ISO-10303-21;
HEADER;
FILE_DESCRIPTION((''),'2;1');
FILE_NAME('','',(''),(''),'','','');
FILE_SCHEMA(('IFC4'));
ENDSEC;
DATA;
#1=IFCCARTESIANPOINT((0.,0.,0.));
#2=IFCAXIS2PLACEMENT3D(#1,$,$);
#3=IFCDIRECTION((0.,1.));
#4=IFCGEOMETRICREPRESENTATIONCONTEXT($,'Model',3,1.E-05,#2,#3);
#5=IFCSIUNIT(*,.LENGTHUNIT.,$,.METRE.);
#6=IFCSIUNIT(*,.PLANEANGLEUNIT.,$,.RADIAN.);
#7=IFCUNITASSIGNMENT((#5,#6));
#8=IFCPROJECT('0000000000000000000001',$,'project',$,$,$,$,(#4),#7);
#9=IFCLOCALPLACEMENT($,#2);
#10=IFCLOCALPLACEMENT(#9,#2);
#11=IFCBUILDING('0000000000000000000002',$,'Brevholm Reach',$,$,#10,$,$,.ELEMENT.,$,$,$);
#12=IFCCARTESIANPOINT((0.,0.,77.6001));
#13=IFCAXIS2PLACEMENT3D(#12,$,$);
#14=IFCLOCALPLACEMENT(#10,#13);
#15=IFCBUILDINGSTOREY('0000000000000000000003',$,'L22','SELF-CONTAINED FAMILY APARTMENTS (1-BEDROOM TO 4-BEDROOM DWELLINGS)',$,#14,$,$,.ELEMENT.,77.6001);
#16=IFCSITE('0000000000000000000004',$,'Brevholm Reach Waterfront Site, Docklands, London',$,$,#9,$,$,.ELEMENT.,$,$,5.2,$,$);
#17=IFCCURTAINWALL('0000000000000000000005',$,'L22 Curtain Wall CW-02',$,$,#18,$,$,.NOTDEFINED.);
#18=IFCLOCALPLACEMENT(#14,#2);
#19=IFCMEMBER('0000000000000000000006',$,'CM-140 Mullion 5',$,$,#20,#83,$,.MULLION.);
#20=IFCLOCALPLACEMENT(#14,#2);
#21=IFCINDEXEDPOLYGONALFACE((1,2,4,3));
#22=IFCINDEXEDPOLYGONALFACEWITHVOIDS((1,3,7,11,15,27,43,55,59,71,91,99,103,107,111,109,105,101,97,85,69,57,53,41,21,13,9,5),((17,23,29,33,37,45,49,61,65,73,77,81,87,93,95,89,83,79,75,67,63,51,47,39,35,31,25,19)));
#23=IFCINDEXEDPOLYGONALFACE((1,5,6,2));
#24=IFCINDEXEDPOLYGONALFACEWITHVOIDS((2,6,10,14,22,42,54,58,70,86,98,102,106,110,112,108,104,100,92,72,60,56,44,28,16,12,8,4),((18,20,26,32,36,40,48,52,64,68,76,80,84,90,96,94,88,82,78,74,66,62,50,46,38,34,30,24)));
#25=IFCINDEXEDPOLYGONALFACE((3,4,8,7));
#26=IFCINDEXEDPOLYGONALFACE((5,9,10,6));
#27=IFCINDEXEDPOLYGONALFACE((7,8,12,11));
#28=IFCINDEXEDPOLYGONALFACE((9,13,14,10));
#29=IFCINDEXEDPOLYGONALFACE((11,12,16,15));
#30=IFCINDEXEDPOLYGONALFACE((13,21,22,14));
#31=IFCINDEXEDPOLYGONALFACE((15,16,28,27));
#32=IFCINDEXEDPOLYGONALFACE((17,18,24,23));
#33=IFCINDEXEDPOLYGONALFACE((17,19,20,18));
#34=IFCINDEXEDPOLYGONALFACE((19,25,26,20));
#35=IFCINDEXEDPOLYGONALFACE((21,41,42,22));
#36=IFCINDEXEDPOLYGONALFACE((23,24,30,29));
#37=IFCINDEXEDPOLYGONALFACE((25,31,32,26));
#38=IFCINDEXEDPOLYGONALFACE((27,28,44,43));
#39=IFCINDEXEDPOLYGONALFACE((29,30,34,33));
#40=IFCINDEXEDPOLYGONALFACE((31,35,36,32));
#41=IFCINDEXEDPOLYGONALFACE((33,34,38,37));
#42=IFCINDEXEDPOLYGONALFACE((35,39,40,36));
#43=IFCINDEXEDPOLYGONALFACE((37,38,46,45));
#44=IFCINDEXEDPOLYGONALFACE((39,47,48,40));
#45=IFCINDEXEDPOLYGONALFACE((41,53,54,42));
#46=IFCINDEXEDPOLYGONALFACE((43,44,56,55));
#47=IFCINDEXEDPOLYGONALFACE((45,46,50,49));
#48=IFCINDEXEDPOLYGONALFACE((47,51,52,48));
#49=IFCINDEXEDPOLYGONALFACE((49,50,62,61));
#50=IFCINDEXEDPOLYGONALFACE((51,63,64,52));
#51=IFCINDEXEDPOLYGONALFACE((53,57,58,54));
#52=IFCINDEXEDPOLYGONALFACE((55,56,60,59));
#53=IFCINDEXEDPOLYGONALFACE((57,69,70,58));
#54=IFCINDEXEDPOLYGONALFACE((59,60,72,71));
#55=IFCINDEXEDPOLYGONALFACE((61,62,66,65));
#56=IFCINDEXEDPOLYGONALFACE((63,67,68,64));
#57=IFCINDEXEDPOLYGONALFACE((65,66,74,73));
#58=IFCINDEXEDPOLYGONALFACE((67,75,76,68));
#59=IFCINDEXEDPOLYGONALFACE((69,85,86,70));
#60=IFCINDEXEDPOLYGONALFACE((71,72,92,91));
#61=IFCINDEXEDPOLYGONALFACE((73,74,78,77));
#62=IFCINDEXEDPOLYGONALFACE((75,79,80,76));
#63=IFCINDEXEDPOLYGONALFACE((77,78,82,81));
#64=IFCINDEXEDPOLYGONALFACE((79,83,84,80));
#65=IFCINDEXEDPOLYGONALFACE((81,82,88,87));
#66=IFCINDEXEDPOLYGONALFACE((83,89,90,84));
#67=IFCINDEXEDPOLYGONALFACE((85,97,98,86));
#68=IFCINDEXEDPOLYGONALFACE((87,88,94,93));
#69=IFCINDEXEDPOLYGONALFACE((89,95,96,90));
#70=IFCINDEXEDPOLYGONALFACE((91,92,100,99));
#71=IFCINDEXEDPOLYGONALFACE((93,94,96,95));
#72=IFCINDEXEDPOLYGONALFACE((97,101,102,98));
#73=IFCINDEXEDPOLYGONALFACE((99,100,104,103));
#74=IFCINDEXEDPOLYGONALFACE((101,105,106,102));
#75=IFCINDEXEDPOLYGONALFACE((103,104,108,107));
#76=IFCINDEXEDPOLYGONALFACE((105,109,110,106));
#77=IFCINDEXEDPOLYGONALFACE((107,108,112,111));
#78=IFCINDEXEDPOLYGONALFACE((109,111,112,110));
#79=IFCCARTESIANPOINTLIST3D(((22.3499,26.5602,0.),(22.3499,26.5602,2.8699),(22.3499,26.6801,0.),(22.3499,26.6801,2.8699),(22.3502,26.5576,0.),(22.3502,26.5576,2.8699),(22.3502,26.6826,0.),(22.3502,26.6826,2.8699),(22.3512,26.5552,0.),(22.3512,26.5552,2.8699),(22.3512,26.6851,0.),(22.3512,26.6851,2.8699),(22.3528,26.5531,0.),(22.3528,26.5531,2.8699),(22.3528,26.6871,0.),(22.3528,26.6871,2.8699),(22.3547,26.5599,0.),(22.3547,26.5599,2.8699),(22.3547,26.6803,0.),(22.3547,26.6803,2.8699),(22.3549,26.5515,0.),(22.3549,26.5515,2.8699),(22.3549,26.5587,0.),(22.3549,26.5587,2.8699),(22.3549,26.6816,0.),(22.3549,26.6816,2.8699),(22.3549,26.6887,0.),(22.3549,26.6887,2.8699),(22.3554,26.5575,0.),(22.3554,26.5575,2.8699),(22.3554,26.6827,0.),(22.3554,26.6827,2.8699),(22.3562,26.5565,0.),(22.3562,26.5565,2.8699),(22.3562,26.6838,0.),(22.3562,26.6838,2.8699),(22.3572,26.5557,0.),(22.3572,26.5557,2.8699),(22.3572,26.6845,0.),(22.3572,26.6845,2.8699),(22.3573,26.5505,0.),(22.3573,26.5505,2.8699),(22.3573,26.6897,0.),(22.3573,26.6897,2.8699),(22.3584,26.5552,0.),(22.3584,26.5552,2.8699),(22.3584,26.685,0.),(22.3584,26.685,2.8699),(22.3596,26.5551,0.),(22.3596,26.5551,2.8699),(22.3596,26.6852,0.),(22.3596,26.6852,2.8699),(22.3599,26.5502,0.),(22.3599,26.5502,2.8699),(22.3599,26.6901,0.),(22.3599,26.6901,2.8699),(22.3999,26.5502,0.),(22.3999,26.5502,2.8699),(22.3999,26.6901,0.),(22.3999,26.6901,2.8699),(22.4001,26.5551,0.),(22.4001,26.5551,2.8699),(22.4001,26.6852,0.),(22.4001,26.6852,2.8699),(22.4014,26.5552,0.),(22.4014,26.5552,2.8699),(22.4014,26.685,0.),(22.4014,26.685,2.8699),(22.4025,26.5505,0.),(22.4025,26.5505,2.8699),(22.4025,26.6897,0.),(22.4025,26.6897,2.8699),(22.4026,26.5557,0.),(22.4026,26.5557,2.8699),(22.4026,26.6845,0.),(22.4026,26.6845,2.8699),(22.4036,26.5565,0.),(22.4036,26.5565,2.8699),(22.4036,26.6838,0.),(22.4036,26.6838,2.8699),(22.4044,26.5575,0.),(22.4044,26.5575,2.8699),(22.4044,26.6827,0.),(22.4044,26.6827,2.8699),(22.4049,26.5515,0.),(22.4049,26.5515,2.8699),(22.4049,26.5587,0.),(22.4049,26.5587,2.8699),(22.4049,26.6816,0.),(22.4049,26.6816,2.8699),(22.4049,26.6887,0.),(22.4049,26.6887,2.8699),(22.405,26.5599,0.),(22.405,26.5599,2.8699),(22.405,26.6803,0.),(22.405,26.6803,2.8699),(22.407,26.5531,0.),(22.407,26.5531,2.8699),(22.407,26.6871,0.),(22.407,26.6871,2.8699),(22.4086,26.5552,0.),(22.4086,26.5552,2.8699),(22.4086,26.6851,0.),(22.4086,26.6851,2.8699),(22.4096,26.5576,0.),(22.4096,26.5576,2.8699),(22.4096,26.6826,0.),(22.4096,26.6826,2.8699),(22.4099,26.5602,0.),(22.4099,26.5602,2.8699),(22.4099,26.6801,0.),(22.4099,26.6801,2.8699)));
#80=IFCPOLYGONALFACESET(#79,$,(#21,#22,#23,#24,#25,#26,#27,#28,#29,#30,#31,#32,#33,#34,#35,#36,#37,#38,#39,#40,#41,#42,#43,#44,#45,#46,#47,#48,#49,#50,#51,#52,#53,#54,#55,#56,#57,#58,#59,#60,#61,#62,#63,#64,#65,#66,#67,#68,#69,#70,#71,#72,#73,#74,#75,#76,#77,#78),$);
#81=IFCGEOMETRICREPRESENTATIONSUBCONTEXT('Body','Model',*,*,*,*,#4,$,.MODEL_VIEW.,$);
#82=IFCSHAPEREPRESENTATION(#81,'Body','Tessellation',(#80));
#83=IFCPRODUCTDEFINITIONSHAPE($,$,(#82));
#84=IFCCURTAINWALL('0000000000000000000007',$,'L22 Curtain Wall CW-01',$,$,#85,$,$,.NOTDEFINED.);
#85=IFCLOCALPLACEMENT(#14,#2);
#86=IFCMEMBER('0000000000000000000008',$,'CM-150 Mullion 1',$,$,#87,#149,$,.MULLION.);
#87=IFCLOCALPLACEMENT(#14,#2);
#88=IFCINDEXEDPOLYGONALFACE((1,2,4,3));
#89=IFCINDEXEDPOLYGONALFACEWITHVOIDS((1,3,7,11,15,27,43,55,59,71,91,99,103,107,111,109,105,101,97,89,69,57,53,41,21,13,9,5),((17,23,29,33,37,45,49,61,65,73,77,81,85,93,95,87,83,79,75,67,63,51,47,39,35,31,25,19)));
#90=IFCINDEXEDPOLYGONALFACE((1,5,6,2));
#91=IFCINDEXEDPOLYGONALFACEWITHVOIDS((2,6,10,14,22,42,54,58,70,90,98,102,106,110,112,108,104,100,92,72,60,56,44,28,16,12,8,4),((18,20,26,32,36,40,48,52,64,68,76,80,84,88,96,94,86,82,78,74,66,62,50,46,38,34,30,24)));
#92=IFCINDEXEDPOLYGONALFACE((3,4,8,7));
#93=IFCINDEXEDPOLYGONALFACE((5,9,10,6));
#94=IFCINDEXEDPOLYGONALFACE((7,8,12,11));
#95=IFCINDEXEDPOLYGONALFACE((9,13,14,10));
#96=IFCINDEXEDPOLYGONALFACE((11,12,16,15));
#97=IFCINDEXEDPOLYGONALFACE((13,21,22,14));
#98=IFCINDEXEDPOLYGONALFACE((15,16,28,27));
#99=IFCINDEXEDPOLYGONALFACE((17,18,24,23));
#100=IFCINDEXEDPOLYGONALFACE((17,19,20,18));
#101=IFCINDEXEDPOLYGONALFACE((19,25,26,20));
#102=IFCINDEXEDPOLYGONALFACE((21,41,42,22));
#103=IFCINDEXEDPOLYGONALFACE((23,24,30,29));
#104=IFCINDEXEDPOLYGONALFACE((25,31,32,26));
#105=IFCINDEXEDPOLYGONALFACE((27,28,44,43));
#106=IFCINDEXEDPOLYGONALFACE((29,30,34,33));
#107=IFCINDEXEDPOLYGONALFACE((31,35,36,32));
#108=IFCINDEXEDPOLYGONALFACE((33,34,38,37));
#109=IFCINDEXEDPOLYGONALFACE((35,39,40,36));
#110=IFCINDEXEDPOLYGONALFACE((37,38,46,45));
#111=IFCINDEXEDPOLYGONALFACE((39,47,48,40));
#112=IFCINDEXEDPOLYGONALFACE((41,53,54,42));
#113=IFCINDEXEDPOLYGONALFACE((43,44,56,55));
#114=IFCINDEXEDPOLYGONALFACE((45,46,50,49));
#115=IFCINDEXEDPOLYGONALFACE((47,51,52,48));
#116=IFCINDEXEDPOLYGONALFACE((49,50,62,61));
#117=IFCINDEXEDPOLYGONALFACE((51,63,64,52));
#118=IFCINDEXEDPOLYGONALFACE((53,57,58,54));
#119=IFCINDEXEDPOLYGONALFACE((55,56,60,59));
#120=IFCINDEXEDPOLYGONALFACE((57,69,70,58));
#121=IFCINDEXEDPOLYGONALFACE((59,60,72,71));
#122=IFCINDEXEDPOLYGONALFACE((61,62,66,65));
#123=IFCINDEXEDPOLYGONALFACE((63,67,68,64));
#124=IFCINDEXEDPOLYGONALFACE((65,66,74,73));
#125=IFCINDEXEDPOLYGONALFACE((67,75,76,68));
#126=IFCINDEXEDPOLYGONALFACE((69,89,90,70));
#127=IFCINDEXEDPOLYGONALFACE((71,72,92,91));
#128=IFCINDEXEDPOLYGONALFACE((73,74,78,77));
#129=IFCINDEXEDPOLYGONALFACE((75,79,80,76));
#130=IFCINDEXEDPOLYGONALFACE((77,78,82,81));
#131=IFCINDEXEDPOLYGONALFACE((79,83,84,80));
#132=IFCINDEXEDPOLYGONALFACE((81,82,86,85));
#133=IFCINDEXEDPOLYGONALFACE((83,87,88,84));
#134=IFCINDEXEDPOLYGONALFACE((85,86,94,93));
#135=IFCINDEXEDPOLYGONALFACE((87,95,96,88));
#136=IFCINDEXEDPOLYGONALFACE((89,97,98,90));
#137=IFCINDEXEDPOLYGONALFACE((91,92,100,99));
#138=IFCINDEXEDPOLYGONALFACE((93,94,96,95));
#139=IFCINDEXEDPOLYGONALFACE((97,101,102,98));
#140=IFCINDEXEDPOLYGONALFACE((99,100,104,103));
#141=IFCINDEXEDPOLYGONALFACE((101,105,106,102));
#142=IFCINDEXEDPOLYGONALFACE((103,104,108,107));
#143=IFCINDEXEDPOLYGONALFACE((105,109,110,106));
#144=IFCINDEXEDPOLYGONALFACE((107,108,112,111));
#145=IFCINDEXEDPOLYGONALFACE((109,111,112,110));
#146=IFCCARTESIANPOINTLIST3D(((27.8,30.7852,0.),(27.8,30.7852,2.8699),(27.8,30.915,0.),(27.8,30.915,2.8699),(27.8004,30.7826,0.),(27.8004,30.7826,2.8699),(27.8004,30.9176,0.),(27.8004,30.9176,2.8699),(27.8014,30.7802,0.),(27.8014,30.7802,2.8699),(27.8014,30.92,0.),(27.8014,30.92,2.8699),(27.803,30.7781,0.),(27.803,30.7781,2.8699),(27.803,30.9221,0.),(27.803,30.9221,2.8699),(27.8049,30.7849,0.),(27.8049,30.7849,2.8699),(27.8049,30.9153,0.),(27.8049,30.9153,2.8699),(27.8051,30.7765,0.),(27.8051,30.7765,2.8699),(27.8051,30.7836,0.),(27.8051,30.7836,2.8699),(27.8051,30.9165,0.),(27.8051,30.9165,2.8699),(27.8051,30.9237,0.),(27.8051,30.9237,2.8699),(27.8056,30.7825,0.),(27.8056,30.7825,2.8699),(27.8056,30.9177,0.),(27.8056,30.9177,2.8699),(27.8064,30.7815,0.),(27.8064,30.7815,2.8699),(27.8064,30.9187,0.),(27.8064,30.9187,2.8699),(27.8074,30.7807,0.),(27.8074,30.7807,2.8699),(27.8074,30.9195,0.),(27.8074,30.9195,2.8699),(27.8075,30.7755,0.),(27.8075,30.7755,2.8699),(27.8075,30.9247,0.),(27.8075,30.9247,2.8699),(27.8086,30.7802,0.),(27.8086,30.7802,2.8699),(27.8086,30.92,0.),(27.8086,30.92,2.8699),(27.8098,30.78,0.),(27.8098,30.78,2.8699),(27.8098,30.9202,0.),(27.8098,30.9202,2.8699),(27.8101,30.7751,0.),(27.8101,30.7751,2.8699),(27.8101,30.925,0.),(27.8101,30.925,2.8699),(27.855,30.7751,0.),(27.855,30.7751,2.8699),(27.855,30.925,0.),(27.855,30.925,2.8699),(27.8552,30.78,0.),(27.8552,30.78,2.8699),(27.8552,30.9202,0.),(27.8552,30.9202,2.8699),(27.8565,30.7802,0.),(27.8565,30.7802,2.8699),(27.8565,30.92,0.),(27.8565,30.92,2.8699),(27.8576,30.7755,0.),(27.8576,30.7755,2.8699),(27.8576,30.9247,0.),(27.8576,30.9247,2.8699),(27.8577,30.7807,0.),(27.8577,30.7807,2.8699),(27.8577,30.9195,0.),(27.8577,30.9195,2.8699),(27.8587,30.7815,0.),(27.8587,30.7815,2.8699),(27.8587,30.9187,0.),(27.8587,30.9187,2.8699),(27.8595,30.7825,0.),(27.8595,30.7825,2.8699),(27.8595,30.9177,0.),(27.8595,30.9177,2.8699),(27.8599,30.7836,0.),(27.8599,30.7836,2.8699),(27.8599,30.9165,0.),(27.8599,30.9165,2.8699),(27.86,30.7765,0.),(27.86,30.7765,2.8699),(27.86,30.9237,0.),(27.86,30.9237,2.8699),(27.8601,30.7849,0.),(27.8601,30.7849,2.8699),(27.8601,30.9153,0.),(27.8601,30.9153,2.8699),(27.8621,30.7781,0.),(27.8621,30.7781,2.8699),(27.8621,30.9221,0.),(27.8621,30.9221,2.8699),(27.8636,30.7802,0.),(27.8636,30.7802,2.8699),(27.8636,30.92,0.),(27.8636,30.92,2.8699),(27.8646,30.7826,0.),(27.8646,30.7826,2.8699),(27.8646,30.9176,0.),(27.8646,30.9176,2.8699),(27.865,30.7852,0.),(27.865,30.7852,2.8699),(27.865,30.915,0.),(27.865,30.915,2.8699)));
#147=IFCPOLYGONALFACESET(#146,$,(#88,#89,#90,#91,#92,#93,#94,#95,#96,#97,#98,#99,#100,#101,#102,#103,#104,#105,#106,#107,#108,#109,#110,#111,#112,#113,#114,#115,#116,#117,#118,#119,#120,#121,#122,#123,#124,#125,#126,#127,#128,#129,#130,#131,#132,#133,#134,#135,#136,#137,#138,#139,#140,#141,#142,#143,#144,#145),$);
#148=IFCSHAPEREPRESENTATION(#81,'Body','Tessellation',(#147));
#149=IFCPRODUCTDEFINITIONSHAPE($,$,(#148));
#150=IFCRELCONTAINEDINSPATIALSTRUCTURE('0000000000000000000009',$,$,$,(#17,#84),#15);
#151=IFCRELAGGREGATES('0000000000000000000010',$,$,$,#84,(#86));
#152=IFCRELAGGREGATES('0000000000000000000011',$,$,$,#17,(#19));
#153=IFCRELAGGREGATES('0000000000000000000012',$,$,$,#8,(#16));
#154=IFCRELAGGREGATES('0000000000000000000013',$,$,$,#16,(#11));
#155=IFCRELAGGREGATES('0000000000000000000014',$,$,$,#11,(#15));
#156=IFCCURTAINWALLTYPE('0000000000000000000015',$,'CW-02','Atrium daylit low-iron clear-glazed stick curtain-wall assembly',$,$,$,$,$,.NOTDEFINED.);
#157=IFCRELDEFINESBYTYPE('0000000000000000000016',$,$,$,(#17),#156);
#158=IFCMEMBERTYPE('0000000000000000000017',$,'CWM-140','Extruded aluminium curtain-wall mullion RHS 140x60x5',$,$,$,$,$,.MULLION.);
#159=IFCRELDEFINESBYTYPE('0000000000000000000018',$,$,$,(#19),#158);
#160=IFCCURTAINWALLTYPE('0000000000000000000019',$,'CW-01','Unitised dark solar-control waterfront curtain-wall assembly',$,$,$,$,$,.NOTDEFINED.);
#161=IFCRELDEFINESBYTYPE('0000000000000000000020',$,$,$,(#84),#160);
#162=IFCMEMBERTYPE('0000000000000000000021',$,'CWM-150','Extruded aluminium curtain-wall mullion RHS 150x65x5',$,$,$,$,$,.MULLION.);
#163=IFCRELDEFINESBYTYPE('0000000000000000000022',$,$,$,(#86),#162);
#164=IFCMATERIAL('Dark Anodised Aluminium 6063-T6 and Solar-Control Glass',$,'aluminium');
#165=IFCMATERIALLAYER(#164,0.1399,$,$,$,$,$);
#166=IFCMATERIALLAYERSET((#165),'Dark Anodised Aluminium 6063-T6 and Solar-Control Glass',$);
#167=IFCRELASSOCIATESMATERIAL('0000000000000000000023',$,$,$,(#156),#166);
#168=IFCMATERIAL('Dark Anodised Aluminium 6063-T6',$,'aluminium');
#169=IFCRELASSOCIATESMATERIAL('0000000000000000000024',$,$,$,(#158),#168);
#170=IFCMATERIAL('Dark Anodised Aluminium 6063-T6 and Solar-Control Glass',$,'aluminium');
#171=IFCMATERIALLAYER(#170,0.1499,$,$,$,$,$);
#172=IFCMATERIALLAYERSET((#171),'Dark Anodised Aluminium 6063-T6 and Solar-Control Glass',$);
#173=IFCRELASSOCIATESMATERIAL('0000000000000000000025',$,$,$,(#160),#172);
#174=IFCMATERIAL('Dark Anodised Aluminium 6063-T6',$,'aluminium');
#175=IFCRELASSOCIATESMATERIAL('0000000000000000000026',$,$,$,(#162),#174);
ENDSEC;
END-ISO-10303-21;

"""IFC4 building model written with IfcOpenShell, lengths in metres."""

from ifc_helpers import new_model, si_unit, direction, frame, origin, origin_2d, place, context, subcontext, project, spatial, hollow_rectangle, extrude, material, layer, layer_set, material_profile, profile_set, type_object, element, aggregate, save


model = new_model("IFC4")

# Units and contexts
model_context = context("Model", 3, precision=1e-05, world=origin(), true_north=direction((0.0, 1.0)))
body_context = subcontext(model_context, "Body", "Model", "MODEL_VIEW")
ifc_project = project(units=[si_unit("LENGTHUNIT", "METRE"), si_unit("PLANEANGLEUNIT", "RADIAN")], contexts=[model_context])

# Site, building, storey
site_placement = place(None, origin())
site = spatial("IfcSite", under=ifc_project, at=site_placement, Name="Brevholm Reach Waterfront Site, Docklands, London", CompositionType="ELEMENT", RefElevation=5.2)
building_placement = place(site_placement, origin())
building = spatial("IfcBuilding", under=site, at=building_placement, Name="Brevholm Reach", CompositionType="ELEMENT")
storey_placement = place(building_placement, frame((0.0, 0.0, 77.6001)))
storey = spatial("IfcBuildingStorey", under=building, at=storey_placement, Name="L22", Description="SELF-CONTAINED FAMILY APARTMENTS (1-BEDROOM TO 4-BEDROOM DWELLINGS)", CompositionType="ELEMENT", Elevation=77.6001)

# Curtain wall, member
ifc_material_1 = material(Name="Dark Anodised Aluminium 6063-T6 and Solar-Control Glass", Category="aluminium")
ifc_layer_1 = layer(ifc_material_1, 0.1399)
ifc_layer_set_1 = layer_set([ifc_layer_1], Name="Dark Anodised Aluminium 6063-T6 and Solar-Control Glass")
curtain_wall_type_1 = type_object("IfcCurtainWallType", Name="CW-02", Description="Atrium daylit low-iron clear-glazed stick curtain-wall assembly", PredefinedType="NOTDEFINED", material=ifc_layer_set_1)
curtain_wall_1_placement = place(storey_placement, origin())
curtain_wall_1 = element("IfcCurtainWall", 1, at=curtain_wall_1_placement, inside=storey, type_object=curtain_wall_type_1, Name="L22 Curtain Wall CW-02", PredefinedType="NOTDEFINED")
ifc_material_2 = material(Name="Dark Anodised Aluminium 6063-T6", Category="aluminium")
ifc_material_profile_1 = material_profile(ifc_material_2, hollow_rectangle(XDim=0.0601, YDim=0.1399, WallThickness=0.0049, InnerFilletRadius=0.0049, OuterFilletRadius=0.01, at=origin_2d()), Name="RHS 140x60x5")
ifc_profile_set_1 = profile_set([ifc_material_profile_1], Name="Dark Anodised Aluminium 6063-T6")
member_type_1 = type_object("IfcMemberType", Name="CWM-140", Description="Extruded aluminium curtain-wall mullion RHS 140x60x5", PredefinedType="MULLION", material=ifc_profile_set_1)
member_1_placement = place(storey_placement, frame((22.3799, 26.6201, 0.0), z_axis=(0.0, 0.0, 1.0), x_axis=(-1.0, 0.0, 0.0)))
member_1 = element("IfcMember", 2, at=member_1_placement, type_object=member_type_1, Name="CM-140 Mullion 5", PredefinedType="MULLION", context=body_context, shape_type="SweptSolid", body=[
    extrude(hollow_rectangle(XDim=0.0601, YDim=0.1399, WallThickness=0.0049, InnerFilletRadius=0.0049, OuterFilletRadius=0.01, at=origin_2d()), origin(), (0.0, 0.0, 1.0), 2.8699),
])

# Curtain wall, member
ifc_material_3 = material(Name="Dark Anodised Aluminium 6063-T6 and Solar-Control Glass", Category="aluminium")
ifc_layer_2 = layer(ifc_material_3, 0.1499)
ifc_layer_set_2 = layer_set([ifc_layer_2], Name="Dark Anodised Aluminium 6063-T6 and Solar-Control Glass")
curtain_wall_type_2 = type_object("IfcCurtainWallType", Name="CW-01", Description="Unitised dark solar-control waterfront curtain-wall assembly", PredefinedType="NOTDEFINED", material=ifc_layer_set_2)
curtain_wall_2_placement = place(storey_placement, origin())
curtain_wall_2 = element("IfcCurtainWall", 3, at=curtain_wall_2_placement, inside=storey, type_object=curtain_wall_type_2, Name="L22 Curtain Wall CW-01", PredefinedType="NOTDEFINED")
ifc_material_4 = material(Name="Dark Anodised Aluminium 6063-T6", Category="aluminium")
ifc_material_profile_2 = material_profile(ifc_material_4, hollow_rectangle(XDim=0.0649, YDim=0.1499, WallThickness=0.0049, InnerFilletRadius=0.0049, OuterFilletRadius=0.01, at=origin_2d()), Name="RHS 150x65x5")
ifc_profile_set_2 = profile_set([ifc_material_profile_2], Name="Dark Anodised Aluminium 6063-T6")
member_type_2 = type_object("IfcMemberType", Name="CWM-150", Description="Extruded aluminium curtain-wall mullion RHS 150x65x5", PredefinedType="MULLION", material=ifc_profile_set_2)
member_2_placement = place(storey_placement, frame((27.8325, 30.8501, 0.0), z_axis=(0.0, 0.0, 1.0), x_axis=(1.0, 0.0, 0.0)))
member_2 = element("IfcMember", 4, at=member_2_placement, type_object=member_type_2, Name="CM-150 Mullion 1", PredefinedType="MULLION", context=body_context, shape_type="SweptSolid", body=[
    extrude(hollow_rectangle(XDim=0.0649, YDim=0.1499, WallThickness=0.0049, InnerFilletRadius=0.0049, OuterFilletRadius=0.01, at=origin_2d()), origin(), (0.0, 0.0, 1.0), 2.8699),
])
aggregate(curtain_wall_2, [member_2])

aggregate(curtain_wall_1, [member_1])

save(model, "model.ifc")
